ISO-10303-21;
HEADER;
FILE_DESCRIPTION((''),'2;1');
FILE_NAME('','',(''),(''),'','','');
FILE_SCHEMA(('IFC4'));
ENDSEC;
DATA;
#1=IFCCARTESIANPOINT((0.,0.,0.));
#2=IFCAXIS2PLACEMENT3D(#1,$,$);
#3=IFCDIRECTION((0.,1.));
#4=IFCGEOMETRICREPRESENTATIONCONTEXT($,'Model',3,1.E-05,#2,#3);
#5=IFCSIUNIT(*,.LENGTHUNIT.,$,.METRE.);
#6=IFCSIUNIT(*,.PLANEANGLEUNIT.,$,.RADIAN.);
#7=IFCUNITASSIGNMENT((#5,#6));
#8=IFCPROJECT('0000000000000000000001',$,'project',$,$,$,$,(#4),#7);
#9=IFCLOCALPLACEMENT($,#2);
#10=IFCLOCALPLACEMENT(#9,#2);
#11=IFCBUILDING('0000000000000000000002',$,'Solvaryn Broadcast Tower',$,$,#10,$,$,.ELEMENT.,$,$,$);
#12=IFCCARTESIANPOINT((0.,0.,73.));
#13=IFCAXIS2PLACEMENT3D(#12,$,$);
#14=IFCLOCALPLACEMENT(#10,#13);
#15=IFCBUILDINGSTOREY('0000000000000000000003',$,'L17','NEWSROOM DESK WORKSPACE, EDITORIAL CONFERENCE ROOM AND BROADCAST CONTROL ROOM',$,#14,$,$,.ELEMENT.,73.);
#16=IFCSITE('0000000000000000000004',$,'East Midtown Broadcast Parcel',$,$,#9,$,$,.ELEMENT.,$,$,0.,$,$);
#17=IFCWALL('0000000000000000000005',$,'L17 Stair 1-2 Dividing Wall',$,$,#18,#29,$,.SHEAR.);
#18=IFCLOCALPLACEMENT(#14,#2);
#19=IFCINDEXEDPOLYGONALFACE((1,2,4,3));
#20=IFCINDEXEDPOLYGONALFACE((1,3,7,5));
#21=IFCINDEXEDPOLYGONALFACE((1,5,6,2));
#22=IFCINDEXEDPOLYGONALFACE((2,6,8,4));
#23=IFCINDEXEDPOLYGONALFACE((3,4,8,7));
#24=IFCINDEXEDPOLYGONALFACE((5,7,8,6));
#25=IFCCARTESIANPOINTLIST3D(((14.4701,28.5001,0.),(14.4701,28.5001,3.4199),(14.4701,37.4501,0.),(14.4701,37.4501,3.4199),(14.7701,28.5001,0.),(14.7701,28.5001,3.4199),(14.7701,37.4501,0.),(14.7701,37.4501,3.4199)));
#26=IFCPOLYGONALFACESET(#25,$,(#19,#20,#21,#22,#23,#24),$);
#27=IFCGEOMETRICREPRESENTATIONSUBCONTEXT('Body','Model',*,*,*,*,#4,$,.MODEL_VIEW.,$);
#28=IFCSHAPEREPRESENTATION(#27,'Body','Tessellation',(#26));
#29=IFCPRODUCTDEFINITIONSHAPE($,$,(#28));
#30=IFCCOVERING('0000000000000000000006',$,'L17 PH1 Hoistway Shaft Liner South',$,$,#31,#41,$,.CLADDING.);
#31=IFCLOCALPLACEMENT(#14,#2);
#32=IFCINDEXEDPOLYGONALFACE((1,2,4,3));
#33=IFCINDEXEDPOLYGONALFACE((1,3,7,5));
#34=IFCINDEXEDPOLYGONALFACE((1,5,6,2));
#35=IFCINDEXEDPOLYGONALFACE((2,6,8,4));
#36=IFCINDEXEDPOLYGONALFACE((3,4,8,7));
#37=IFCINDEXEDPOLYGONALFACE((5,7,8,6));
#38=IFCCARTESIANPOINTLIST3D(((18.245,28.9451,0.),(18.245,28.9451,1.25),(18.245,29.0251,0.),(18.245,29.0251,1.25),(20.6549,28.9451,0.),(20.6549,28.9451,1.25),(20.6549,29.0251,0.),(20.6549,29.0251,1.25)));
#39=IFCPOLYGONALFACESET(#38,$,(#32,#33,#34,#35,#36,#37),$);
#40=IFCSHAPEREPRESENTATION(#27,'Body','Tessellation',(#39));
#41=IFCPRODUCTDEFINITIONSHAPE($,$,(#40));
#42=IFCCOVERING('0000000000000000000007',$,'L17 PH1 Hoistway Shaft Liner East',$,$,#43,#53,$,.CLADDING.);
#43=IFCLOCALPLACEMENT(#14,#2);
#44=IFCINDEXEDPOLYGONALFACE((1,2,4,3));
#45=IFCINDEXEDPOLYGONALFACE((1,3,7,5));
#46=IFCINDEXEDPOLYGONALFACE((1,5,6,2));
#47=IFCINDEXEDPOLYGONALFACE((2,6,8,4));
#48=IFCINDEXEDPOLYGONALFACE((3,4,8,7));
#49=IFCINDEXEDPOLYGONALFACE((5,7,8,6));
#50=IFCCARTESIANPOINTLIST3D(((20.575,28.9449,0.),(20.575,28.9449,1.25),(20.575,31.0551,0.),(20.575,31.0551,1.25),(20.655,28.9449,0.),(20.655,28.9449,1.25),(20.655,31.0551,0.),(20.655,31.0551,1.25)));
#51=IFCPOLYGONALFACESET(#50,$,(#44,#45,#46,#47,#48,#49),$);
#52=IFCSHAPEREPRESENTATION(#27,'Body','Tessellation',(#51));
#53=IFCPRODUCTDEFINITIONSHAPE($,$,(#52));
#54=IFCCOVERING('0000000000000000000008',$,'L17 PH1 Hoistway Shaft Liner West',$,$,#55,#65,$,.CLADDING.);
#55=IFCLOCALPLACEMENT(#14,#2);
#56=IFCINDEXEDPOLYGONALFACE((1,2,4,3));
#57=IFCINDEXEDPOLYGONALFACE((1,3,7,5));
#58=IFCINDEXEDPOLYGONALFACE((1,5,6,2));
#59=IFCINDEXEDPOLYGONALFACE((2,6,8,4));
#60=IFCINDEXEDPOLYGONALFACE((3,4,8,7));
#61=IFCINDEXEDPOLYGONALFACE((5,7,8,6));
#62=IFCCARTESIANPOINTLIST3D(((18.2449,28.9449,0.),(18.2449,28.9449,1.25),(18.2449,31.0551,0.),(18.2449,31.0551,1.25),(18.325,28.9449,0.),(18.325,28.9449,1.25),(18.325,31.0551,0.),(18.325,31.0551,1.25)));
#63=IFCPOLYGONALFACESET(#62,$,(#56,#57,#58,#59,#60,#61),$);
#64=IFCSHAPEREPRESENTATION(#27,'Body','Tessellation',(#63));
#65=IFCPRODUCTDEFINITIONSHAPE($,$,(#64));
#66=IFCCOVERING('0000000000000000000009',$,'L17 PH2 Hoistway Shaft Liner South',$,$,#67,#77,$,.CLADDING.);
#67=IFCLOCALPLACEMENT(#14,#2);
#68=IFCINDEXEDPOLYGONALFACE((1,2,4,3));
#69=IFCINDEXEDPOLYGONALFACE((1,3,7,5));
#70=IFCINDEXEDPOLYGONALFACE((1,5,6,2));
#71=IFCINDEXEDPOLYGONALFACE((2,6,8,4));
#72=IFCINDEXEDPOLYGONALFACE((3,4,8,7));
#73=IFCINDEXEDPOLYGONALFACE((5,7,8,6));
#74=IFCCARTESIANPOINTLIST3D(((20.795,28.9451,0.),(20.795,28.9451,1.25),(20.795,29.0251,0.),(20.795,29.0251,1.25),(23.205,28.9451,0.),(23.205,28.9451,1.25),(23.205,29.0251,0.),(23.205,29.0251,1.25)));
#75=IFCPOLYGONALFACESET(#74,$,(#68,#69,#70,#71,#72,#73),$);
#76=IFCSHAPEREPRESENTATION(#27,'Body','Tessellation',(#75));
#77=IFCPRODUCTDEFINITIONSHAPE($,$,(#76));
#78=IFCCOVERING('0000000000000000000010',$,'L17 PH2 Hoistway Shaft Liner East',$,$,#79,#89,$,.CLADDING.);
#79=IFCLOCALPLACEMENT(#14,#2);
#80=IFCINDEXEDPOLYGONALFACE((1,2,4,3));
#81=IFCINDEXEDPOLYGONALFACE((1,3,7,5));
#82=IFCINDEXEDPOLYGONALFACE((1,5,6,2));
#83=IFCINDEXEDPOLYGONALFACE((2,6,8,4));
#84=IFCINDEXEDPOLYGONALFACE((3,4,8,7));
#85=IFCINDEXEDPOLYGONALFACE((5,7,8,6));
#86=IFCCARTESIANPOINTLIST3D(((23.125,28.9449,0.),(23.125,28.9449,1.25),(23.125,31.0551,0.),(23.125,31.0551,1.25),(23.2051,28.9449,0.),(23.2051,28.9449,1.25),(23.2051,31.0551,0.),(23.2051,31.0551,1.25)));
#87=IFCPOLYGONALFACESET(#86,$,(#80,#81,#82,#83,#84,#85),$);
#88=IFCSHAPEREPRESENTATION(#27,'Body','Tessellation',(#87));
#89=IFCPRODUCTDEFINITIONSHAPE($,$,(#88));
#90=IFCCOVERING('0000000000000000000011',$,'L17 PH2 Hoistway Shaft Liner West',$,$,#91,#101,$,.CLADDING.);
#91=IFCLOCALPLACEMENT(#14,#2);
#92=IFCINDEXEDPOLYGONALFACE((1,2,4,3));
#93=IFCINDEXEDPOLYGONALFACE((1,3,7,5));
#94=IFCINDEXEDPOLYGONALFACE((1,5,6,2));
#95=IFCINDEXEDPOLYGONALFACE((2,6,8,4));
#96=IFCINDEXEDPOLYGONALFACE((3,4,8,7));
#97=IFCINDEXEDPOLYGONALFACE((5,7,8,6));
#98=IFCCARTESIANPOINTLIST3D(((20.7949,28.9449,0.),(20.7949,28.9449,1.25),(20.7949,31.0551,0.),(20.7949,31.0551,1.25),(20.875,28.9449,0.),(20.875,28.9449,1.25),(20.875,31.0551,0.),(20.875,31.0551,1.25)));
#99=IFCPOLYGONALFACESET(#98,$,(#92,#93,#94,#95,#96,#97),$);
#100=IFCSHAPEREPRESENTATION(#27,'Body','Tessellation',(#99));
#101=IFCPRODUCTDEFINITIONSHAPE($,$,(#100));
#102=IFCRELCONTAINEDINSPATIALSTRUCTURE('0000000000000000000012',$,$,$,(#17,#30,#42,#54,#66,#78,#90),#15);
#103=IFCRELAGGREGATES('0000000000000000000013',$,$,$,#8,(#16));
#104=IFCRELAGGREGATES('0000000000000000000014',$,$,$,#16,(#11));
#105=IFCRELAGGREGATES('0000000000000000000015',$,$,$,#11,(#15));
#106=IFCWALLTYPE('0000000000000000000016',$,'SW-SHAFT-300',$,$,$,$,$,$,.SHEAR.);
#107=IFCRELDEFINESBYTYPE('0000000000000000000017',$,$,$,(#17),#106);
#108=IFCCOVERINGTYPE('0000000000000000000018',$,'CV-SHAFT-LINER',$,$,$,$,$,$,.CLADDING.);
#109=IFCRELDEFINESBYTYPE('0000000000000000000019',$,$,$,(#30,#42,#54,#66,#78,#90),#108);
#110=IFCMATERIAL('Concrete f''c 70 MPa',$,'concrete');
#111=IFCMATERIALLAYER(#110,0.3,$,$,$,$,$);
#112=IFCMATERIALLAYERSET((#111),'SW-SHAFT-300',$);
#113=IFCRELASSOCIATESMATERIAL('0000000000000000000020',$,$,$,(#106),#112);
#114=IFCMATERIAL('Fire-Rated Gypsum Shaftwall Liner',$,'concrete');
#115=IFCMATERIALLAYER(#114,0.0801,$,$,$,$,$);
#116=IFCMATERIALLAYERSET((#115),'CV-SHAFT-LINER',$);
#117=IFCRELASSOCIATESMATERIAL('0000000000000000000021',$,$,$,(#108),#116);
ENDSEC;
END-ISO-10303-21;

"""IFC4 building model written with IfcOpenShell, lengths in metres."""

from ifc_helpers import new_model, si_unit, direction, frame, frame_2d, origin, origin_2d, place, context, subcontext, project, spatial, rectangle, extrude, material, layer, layer_set, type_object, element, save


model = new_model("IFC4")

# Units and contexts
model_context = context("Model", 3, precision=1e-05, world=origin(), true_north=direction((0.0, 1.0)))
body_context = subcontext(model_context, "Body", "Model", "MODEL_VIEW")
ifc_project = project(units=[si_unit("LENGTHUNIT", "METRE"), si_unit("PLANEANGLEUNIT", "RADIAN")], contexts=[model_context])

# Site, building, storey
site_placement = place(None, origin())
site = spatial("IfcSite", under=ifc_project, at=site_placement, Name="East Midtown Broadcast Parcel", CompositionType="ELEMENT", RefElevation=0.0)
building_placement = place(site_placement, origin())
building = spatial("IfcBuilding", under=site, at=building_placement, Name="Solvaryn Broadcast Tower", CompositionType="ELEMENT")
storey_placement = place(building_placement, frame((0.0, 0.0, 73.0)))
storey = spatial("IfcBuildingStorey", under=building, at=storey_placement, Name="L17", Description="NEWSROOM DESK WORKSPACE, EDITORIAL CONFERENCE ROOM AND BROADCAST CONTROL ROOM", CompositionType="ELEMENT", Elevation=73.0)

# Wall
ifc_material_1 = material(Name="Concrete f'c 70 MPa", Category="concrete")
ifc_layer_1 = layer(ifc_material_1, 0.3)
ifc_layer_set_1 = layer_set([ifc_layer_1], Name="SW-SHAFT-300")
wall_type_1 = type_object("IfcWallType", Name="SW-SHAFT-300", PredefinedType="SHEAR", material=ifc_layer_set_1)
wall_1_placement = place(storey_placement, frame((14.6201, 28.5, 0.0), z_axis=(0.0, 0.0, 1.0), x_axis=(0.0, 1.0, 0.0)))
element("IfcWall", 1, at=wall_1_placement, inside=storey, type_object=wall_type_1, Name="L17 Stair 1-2 Dividing Wall", PredefinedType="SHEAR", context=body_context, shape_type="SweptSolid", body=[
    extrude(rectangle(XDim=8.95, YDim=0.3, at=frame_2d((4.4751, 0.0))), origin(), (0.0, 0.0, 1.0), 3.4199),
])

# Coverings
ifc_material_2 = material(Name="Fire-Rated Gypsum Shaftwall Liner", Category="concrete")
ifc_layer_2 = layer(ifc_material_2, 0.0801)
ifc_layer_set_2 = layer_set([ifc_layer_2], Name="CV-SHAFT-LINER")
covering_type = type_object("IfcCoveringType", Name="CV-SHAFT-LINER", PredefinedType="CLADDING", material=ifc_layer_set_2)
covering_1_placement = place(storey_placement, frame((19.45, 28.9851, 0.0), z_axis=(0.0, 0.0, 1.0), x_axis=(1.0, 0.0, 0.0)))
element("IfcCovering", 2, at=covering_1_placement, inside=storey, type_object=covering_type, Name="L17 PH1 Hoistway Shaft Liner South", PredefinedType="CLADDING", context=body_context, shape_type="SweptSolid", body=[
    extrude(rectangle(XDim=2.4099, YDim=0.0801, at=origin_2d()), origin(), (0.0, 0.0, 1.0), 1.25),
])
for number, where, z_axis, x_axis, name in (
    (3, (20.615, 30.0, 0.0), (0.0, 0.0, 1.0), (1.0, 0.0, 0.0), "L17 PH1 Hoistway Shaft Liner East"),
    (4, (18.2849, 30.0, 0.0), (0.0, 0.0, 1.0), (1.0, 0.0, 0.0), "L17 PH1 Hoistway Shaft Liner West"),
):
    element("IfcCovering", number, at=place(storey_placement, frame(where, z_axis=z_axis, x_axis=x_axis)), inside=storey, type_object=covering_type, Name=name, PredefinedType="CLADDING", context=body_context, shape_type="SweptSolid", body=[
        extrude(rectangle(XDim=0.0801, YDim=2.1101, at=origin_2d()), origin(), (0.0, 0.0, 1.0), 1.25),
    ])
covering_2_placement = place(storey_placement, frame((22.0, 28.9851, 0.0), z_axis=(0.0, 0.0, 1.0), x_axis=(1.0, 0.0, 0.0)))
element("IfcCovering", 5, at=covering_2_placement, inside=storey, type_object=covering_type, Name="L17 PH2 Hoistway Shaft Liner South", PredefinedType="CLADDING", context=body_context, shape_type="SweptSolid", body=[
    extrude(rectangle(XDim=2.4099, YDim=0.0801, at=origin_2d()), origin(), (0.0, 0.0, 1.0), 1.25),
])
for number, where, z_axis, x_axis, name in (
    (6, (23.165, 30.0, 0.0), (0.0, 0.0, 1.0), (1.0, 0.0, 0.0), "L17 PH2 Hoistway Shaft Liner East"),
    (7, (20.835, 30.0, 0.0), (0.0, 0.0, 1.0), (1.0, 0.0, 0.0), "L17 PH2 Hoistway Shaft Liner West"),
):
    element("IfcCovering", number, at=place(storey_placement, frame(where, z_axis=z_axis, x_axis=x_axis)), inside=storey, type_object=covering_type, Name=name, PredefinedType="CLADDING", context=body_context, shape_type="SweptSolid", body=[
        extrude(rectangle(XDim=0.0801, YDim=2.1101, at=origin_2d()), origin(), (0.0, 0.0, 1.0), 1.25),
    ])

save(model, "model.ifc")
